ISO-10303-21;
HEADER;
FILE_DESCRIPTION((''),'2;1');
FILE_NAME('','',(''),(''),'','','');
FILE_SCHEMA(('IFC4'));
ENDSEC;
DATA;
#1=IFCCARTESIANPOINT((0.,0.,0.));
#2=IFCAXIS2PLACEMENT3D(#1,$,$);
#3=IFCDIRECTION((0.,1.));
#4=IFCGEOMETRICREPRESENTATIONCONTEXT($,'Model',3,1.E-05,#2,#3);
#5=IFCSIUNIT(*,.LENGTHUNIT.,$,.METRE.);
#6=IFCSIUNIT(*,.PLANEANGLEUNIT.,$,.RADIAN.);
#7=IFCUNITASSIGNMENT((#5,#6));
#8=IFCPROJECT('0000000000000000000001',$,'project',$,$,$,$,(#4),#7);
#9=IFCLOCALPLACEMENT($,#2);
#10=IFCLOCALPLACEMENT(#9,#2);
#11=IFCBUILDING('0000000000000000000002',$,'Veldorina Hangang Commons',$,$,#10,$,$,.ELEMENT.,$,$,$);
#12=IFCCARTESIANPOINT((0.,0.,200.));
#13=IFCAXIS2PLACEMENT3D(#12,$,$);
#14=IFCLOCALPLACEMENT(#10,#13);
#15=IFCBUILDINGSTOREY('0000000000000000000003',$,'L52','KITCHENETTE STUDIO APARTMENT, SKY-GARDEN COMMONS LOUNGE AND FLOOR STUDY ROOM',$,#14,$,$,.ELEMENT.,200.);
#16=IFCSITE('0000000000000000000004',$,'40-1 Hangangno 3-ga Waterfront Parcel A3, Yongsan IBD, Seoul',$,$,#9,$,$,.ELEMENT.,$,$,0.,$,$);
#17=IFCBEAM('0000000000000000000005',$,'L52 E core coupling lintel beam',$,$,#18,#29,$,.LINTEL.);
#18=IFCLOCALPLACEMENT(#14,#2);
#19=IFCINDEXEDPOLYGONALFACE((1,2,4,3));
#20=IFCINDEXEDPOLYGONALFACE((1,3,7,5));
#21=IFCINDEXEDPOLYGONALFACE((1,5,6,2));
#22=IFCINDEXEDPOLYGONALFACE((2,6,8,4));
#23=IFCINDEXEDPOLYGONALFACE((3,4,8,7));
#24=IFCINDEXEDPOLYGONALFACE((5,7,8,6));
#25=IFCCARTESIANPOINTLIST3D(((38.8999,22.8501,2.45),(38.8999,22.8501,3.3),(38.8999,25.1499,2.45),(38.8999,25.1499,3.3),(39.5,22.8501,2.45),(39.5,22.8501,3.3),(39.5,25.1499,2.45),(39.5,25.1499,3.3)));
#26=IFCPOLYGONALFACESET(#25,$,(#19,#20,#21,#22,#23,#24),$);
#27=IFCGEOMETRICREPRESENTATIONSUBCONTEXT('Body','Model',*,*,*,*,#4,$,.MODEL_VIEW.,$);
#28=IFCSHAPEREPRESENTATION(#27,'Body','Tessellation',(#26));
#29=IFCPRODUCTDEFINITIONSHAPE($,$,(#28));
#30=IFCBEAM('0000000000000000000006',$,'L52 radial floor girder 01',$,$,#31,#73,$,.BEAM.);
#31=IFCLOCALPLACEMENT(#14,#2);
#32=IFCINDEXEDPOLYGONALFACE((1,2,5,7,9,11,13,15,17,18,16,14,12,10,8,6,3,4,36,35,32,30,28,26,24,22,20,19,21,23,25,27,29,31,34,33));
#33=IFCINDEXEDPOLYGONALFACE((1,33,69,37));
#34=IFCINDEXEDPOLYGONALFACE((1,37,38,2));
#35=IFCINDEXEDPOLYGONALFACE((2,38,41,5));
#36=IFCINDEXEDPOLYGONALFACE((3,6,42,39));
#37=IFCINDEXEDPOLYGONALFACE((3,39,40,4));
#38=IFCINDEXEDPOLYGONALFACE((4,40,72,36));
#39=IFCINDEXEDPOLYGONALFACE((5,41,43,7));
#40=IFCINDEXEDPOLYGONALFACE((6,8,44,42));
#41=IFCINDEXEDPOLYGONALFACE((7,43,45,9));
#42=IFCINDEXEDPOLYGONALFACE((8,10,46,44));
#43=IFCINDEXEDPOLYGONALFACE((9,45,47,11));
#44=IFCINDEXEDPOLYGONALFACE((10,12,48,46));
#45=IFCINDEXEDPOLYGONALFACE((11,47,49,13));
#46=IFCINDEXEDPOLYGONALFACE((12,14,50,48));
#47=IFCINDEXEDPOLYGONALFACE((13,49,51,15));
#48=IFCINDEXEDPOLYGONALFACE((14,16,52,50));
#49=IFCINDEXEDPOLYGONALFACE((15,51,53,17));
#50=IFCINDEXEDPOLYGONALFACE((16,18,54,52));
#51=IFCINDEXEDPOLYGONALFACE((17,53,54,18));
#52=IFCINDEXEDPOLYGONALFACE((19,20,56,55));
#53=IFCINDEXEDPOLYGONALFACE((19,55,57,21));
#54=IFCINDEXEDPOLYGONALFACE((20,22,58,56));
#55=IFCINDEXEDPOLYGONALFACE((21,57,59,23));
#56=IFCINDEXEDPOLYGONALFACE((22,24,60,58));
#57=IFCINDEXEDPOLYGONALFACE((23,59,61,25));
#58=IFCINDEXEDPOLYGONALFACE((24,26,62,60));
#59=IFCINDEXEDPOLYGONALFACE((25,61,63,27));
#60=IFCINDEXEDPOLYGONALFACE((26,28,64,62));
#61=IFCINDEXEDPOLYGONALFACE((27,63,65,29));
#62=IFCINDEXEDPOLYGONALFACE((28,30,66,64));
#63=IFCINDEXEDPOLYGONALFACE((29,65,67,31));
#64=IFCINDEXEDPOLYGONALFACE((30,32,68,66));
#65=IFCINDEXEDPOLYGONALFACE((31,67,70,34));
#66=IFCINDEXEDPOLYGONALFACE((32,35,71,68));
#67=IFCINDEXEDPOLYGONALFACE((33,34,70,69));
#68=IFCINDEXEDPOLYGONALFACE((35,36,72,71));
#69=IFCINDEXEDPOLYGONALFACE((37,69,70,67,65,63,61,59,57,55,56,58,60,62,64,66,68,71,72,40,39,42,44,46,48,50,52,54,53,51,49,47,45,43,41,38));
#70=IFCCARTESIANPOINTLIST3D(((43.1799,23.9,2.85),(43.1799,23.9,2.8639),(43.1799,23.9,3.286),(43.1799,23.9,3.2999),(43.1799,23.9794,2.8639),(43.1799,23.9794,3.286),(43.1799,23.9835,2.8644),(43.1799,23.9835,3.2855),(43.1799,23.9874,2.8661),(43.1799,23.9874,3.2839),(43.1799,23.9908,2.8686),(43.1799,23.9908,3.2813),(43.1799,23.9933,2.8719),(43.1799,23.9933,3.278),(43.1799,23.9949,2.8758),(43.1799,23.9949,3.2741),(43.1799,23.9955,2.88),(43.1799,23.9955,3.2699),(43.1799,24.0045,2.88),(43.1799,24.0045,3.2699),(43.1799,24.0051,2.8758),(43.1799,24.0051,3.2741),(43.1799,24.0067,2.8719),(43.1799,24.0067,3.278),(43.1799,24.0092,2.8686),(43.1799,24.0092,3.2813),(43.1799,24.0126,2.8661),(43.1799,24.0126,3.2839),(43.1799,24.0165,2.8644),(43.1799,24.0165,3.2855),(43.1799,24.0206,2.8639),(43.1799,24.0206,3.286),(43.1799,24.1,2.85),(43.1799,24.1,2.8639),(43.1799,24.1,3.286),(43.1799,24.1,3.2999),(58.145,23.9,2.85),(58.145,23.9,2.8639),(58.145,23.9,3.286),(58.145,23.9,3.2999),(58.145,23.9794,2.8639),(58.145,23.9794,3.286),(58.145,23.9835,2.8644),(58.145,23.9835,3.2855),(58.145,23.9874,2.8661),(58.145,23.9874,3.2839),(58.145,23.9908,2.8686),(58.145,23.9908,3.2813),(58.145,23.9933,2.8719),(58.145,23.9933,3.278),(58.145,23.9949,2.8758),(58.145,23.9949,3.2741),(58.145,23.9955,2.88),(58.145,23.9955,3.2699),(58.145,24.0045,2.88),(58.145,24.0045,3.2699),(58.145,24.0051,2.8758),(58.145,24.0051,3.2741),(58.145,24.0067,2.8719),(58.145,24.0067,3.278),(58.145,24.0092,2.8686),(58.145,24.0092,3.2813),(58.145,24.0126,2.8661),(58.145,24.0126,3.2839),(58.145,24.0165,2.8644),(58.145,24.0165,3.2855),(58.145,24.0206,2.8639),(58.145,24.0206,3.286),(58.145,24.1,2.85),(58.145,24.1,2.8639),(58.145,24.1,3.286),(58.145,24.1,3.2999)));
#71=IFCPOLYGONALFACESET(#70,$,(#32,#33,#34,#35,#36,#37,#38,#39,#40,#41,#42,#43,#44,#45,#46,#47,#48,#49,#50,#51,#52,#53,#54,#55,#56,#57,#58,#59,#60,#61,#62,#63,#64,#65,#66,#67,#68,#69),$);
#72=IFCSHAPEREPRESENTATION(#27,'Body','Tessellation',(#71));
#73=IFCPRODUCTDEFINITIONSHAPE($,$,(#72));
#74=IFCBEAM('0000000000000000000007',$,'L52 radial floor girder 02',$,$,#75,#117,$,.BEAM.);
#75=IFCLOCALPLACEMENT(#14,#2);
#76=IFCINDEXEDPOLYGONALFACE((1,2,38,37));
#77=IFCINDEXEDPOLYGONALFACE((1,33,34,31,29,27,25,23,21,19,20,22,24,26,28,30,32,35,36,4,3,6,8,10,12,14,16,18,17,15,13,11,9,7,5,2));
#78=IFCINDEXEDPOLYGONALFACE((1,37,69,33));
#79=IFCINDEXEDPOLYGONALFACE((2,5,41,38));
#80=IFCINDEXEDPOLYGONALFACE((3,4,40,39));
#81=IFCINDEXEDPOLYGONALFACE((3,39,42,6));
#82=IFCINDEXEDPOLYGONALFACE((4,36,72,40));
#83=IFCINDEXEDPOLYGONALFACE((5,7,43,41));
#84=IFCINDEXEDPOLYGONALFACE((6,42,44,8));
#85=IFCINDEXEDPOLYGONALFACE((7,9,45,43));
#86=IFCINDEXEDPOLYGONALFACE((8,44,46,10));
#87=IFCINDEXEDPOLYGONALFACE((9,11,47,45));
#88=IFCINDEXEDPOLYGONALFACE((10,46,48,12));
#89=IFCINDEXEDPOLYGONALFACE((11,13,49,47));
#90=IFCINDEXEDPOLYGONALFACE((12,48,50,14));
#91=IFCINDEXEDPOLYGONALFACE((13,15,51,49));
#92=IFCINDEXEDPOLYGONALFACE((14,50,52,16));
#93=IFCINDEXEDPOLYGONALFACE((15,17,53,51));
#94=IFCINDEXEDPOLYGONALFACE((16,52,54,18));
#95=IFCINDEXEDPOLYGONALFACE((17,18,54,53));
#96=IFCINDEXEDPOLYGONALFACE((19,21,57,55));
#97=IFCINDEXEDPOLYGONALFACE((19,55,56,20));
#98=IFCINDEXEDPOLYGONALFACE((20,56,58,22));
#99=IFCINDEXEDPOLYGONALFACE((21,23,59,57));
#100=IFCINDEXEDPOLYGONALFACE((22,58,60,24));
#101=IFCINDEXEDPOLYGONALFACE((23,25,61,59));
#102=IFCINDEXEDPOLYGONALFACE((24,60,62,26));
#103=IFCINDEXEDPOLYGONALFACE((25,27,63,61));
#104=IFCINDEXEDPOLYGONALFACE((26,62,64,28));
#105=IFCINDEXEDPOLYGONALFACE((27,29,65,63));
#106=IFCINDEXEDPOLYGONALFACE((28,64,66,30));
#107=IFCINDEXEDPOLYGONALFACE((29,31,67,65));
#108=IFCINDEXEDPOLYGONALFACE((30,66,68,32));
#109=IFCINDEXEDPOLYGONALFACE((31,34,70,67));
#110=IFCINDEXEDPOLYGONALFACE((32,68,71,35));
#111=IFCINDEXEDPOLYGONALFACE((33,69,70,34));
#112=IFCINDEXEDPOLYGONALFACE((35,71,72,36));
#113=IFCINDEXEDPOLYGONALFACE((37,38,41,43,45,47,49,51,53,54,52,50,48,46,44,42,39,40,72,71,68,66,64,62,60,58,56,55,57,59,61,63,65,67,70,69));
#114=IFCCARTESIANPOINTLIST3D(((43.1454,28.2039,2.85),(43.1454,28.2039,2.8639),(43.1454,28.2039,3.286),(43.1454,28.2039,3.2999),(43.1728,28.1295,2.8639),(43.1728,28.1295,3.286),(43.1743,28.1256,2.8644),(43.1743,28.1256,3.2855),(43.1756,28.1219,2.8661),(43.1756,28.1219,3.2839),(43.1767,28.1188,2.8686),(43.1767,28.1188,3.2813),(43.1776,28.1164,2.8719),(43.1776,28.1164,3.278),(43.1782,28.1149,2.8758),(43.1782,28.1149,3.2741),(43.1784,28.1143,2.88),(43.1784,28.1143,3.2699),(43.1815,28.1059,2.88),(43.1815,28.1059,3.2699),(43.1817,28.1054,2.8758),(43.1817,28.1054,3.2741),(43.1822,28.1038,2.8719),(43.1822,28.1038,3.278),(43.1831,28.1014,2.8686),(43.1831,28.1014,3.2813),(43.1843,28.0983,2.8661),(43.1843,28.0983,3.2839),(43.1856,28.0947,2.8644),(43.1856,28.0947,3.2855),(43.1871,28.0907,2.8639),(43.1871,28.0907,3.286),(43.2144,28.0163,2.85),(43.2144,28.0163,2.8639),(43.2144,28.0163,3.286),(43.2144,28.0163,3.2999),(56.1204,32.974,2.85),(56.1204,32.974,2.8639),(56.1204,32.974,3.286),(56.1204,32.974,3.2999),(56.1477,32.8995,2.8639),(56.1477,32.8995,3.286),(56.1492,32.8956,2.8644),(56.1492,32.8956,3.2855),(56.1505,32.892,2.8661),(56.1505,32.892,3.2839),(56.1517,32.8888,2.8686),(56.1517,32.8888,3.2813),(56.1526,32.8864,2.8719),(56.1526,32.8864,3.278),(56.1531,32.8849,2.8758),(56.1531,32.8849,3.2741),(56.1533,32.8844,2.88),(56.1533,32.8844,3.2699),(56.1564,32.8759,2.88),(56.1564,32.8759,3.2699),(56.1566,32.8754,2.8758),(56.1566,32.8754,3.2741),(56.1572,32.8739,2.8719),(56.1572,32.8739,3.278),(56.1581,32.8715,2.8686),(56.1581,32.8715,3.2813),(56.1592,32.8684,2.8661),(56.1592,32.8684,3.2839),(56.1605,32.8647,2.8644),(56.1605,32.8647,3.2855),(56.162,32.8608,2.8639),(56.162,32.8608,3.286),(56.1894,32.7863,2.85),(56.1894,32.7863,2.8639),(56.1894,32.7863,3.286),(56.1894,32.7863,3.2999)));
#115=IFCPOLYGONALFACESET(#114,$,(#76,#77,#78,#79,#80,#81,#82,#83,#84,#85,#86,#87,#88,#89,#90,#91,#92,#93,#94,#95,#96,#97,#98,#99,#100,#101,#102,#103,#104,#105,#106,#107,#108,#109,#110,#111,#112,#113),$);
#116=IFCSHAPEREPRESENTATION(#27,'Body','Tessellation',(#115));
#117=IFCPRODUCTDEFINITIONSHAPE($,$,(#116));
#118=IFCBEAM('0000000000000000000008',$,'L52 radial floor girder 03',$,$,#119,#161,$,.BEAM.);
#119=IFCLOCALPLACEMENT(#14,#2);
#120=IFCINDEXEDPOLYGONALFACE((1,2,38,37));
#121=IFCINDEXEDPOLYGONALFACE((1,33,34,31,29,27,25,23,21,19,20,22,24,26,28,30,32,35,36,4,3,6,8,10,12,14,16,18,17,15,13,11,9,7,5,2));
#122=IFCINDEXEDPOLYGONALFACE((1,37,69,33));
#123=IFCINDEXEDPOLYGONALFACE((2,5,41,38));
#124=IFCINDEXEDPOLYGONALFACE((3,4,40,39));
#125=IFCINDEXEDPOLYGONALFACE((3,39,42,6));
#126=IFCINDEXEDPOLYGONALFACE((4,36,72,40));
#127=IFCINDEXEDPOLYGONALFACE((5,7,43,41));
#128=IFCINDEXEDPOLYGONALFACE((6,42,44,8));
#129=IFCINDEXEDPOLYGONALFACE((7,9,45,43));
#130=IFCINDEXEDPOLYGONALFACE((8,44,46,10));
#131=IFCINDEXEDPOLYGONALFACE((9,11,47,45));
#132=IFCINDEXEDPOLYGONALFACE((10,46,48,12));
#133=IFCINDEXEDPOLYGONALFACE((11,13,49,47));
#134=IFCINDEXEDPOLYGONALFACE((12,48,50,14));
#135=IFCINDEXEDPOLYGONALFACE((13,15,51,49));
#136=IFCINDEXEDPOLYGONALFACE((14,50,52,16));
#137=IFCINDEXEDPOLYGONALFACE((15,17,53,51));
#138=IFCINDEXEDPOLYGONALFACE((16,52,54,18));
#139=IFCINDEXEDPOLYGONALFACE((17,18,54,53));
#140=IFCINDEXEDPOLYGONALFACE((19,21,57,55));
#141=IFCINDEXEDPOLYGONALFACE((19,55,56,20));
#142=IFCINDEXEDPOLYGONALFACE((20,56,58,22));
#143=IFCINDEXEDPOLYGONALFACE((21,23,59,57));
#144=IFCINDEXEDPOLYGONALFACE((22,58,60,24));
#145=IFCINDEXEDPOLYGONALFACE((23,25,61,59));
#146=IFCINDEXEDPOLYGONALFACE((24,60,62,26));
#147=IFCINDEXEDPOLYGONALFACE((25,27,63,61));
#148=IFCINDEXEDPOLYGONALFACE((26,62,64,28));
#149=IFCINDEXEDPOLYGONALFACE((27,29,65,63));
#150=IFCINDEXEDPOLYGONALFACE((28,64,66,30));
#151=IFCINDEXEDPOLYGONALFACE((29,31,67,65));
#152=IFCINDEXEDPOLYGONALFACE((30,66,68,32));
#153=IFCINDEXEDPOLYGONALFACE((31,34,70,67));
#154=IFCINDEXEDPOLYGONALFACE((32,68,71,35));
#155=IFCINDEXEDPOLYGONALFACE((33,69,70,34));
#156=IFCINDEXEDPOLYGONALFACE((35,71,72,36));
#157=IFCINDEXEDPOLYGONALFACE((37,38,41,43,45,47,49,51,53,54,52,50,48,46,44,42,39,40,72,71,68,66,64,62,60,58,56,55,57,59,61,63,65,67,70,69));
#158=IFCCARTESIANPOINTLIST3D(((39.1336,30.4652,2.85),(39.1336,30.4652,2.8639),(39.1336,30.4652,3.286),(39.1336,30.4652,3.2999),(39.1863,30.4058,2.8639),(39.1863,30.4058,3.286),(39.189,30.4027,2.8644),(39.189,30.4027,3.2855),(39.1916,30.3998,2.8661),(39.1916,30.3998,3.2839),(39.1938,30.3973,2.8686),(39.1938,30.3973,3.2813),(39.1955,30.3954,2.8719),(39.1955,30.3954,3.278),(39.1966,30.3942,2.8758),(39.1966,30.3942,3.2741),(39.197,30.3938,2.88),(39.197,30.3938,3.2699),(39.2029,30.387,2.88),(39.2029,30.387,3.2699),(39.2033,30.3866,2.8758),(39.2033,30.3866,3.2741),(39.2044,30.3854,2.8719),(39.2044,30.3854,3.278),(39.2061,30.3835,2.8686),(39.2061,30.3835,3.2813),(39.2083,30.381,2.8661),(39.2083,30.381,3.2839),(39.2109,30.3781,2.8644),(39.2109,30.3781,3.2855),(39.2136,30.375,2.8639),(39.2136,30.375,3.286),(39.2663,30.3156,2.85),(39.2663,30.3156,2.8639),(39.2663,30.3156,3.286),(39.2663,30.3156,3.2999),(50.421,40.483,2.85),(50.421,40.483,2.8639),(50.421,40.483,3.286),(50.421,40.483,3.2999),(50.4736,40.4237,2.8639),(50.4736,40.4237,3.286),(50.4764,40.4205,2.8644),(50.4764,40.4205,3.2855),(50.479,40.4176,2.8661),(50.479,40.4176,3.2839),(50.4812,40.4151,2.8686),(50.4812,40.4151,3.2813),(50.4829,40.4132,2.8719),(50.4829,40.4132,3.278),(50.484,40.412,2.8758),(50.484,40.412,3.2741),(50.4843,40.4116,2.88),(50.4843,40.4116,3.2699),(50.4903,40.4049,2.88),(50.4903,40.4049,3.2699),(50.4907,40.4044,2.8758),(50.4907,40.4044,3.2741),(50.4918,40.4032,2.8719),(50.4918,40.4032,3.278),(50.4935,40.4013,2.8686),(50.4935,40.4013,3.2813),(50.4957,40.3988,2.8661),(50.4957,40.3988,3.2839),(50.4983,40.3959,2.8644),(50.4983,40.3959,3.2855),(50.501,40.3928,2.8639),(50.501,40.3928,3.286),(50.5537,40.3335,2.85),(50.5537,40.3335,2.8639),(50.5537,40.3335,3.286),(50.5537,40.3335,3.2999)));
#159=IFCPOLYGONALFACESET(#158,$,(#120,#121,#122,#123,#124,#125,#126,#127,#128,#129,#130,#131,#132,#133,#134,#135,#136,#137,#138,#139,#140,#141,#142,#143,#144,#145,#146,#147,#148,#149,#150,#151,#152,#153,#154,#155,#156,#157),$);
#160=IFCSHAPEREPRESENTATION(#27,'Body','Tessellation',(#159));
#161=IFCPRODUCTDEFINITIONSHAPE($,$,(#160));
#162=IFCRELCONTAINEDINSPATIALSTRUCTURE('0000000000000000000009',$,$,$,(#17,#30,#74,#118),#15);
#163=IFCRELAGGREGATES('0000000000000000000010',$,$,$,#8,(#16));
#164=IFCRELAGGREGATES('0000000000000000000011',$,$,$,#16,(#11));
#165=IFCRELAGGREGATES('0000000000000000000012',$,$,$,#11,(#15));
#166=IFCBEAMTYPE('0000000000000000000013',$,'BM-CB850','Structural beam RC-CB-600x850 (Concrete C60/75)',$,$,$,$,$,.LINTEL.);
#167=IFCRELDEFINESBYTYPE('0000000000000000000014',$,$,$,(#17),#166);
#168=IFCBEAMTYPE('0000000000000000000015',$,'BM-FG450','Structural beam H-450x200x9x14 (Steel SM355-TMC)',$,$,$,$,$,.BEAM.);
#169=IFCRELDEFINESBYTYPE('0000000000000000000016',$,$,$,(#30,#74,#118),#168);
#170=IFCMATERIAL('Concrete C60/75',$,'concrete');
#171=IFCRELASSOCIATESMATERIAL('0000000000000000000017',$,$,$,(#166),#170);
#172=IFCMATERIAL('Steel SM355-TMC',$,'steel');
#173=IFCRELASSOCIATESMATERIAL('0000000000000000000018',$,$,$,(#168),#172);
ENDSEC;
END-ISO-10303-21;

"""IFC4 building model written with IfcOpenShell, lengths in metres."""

from ifc_helpers import new_model, si_unit, direction, frame, origin, origin_2d, place, context, subcontext, project, spatial, rectangle, i_section, extrude, material, material_profile, profile_set, type_object, element, save


model = new_model("IFC4")

# Units and contexts
model_context = context("Model", 3, precision=1e-05, world=origin(), true_north=direction((0.0, 1.0)))
body_context = subcontext(model_context, "Body", "Model", "MODEL_VIEW")
ifc_project = project(units=[si_unit("LENGTHUNIT", "METRE"), si_unit("PLANEANGLEUNIT", "RADIAN")], contexts=[model_context])

# Site, building, storey
site_placement = place(None, origin())
site = spatial("IfcSite", under=ifc_project, at=site_placement, Name="40-1 Hangangno 3-ga Waterfront Parcel A3, Yongsan IBD, Seoul", CompositionType="ELEMENT", RefElevation=0.0)
building_placement = place(site_placement, origin())
building = spatial("IfcBuilding", under=site, at=building_placement, Name="Veldorina Hangang Commons", CompositionType="ELEMENT")
storey_placement = place(building_placement, frame((0.0, 0.0, 200.0)))
storey = spatial("IfcBuildingStorey", under=building, at=storey_placement, Name="L52", Description="KITCHENETTE STUDIO APARTMENT, SKY-GARDEN COMMONS LOUNGE AND FLOOR STUDY ROOM", CompositionType="ELEMENT", Elevation=200.0)

# Beams
ifc_material_1 = material(Name="Concrete C60/75", Category="concrete")
ifc_material_profile_1 = material_profile(ifc_material_1, rectangle(XDim=0.6001, YDim=0.8501, at=origin_2d()), Name="RC-CB-600x850")
ifc_profile_set_1 = profile_set([ifc_material_profile_1], Name="Concrete C60/75")
beam_type_1 = type_object("IfcBeamType", Name="BM-CB850", Description="Structural beam RC-CB-600x850 (Concrete C60/75)", PredefinedType="LINTEL", material=ifc_profile_set_1)
beam_1_placement = place(storey_placement, frame((39.2, 22.8501, 2.875), z_axis=(0.0, 1.0, 0.0), x_axis=(-1.0, 0.0, 0.0)))
element("IfcBeam", 1, at=beam_1_placement, inside=storey, type_object=beam_type_1, Name="L52 E core coupling lintel beam", PredefinedType="LINTEL", context=body_context, shape_type="SweptSolid", body=[
    extrude(rectangle(XDim=0.6001, YDim=0.8501, at=origin_2d()), origin(), (0.0, 0.0, 1.0), 2.2998),
])
ifc_material_2 = material(Name="Steel SM355-TMC", Category="steel")
ifc_material_profile_2 = material_profile(ifc_material_2, i_section(OverallWidth=0.2, OverallDepth=0.45, WebThickness=0.009, FlangeThickness=0.0139, FilletRadius=0.0161, at=origin_2d()), Name="H-450x200x9x14")
ifc_profile_set_2 = profile_set([ifc_material_profile_2], Name="Steel SM355-TMC")
beam_type_2 = type_object("IfcBeamType", Name="BM-FG450", Description="Structural beam H-450x200x9x14 (Steel SM355-TMC)", PredefinedType="BEAM", material=ifc_profile_set_2)
beam_2_placement = place(storey_placement, frame((43.1799, 24.0, 3.075), z_axis=(1.0, 0.0, 0.0), x_axis=(0.0, 1.0, 0.0)))
element("IfcBeam", 2, at=beam_2_placement, inside=storey, type_object=beam_type_2, Name="L52 radial floor girder 01", PredefinedType="BEAM", context=body_context, shape_type="SweptSolid", body=[
    extrude(i_section(OverallWidth=0.2, OverallDepth=0.45, WebThickness=0.009, FlangeThickness=0.0139, FilletRadius=0.0161, at=origin_2d()), origin(), (0.0, 0.0, 1.0), 14.9651),
])
beam_3_placement = place(storey_placement, frame((43.1799, 28.1101, 3.075), z_axis=(0.938582, 0.345056, 0.0), x_axis=(-0.345056, 0.938582, 0.0)))
element("IfcBeam", 3, at=beam_3_placement, inside=storey, type_object=beam_type_2, Name="L52 radial floor girder 02", PredefinedType="BEAM", context=body_context, shape_type="SweptSolid", body=[
    extrude(i_section(OverallWidth=0.2, OverallDepth=0.45, WebThickness=0.009, FlangeThickness=0.0139, FilletRadius=0.0161, at=origin_2d()), origin(), (0.0, 0.0, 1.0), 13.824),
])
beam_4_placement = place(storey_placement, frame((39.2, 30.3904, 3.075), z_axis=(0.747915, 0.663794, 0.0), x_axis=(-0.663794, 0.747915, 0.0)))
element("IfcBeam", 4, at=beam_4_placement, inside=storey, type_object=beam_type_2, Name="L52 radial floor girder 03", PredefinedType="BEAM", context=body_context, shape_type="SweptSolid", body=[
    extrude(i_section(OverallWidth=0.2, OverallDepth=0.45, WebThickness=0.009, FlangeThickness=0.0139, FilletRadius=0.0161, at=origin_2d()), origin(), (0.0, 0.0, 1.0), 15.0918),
])

save(model, "model.ifc")
